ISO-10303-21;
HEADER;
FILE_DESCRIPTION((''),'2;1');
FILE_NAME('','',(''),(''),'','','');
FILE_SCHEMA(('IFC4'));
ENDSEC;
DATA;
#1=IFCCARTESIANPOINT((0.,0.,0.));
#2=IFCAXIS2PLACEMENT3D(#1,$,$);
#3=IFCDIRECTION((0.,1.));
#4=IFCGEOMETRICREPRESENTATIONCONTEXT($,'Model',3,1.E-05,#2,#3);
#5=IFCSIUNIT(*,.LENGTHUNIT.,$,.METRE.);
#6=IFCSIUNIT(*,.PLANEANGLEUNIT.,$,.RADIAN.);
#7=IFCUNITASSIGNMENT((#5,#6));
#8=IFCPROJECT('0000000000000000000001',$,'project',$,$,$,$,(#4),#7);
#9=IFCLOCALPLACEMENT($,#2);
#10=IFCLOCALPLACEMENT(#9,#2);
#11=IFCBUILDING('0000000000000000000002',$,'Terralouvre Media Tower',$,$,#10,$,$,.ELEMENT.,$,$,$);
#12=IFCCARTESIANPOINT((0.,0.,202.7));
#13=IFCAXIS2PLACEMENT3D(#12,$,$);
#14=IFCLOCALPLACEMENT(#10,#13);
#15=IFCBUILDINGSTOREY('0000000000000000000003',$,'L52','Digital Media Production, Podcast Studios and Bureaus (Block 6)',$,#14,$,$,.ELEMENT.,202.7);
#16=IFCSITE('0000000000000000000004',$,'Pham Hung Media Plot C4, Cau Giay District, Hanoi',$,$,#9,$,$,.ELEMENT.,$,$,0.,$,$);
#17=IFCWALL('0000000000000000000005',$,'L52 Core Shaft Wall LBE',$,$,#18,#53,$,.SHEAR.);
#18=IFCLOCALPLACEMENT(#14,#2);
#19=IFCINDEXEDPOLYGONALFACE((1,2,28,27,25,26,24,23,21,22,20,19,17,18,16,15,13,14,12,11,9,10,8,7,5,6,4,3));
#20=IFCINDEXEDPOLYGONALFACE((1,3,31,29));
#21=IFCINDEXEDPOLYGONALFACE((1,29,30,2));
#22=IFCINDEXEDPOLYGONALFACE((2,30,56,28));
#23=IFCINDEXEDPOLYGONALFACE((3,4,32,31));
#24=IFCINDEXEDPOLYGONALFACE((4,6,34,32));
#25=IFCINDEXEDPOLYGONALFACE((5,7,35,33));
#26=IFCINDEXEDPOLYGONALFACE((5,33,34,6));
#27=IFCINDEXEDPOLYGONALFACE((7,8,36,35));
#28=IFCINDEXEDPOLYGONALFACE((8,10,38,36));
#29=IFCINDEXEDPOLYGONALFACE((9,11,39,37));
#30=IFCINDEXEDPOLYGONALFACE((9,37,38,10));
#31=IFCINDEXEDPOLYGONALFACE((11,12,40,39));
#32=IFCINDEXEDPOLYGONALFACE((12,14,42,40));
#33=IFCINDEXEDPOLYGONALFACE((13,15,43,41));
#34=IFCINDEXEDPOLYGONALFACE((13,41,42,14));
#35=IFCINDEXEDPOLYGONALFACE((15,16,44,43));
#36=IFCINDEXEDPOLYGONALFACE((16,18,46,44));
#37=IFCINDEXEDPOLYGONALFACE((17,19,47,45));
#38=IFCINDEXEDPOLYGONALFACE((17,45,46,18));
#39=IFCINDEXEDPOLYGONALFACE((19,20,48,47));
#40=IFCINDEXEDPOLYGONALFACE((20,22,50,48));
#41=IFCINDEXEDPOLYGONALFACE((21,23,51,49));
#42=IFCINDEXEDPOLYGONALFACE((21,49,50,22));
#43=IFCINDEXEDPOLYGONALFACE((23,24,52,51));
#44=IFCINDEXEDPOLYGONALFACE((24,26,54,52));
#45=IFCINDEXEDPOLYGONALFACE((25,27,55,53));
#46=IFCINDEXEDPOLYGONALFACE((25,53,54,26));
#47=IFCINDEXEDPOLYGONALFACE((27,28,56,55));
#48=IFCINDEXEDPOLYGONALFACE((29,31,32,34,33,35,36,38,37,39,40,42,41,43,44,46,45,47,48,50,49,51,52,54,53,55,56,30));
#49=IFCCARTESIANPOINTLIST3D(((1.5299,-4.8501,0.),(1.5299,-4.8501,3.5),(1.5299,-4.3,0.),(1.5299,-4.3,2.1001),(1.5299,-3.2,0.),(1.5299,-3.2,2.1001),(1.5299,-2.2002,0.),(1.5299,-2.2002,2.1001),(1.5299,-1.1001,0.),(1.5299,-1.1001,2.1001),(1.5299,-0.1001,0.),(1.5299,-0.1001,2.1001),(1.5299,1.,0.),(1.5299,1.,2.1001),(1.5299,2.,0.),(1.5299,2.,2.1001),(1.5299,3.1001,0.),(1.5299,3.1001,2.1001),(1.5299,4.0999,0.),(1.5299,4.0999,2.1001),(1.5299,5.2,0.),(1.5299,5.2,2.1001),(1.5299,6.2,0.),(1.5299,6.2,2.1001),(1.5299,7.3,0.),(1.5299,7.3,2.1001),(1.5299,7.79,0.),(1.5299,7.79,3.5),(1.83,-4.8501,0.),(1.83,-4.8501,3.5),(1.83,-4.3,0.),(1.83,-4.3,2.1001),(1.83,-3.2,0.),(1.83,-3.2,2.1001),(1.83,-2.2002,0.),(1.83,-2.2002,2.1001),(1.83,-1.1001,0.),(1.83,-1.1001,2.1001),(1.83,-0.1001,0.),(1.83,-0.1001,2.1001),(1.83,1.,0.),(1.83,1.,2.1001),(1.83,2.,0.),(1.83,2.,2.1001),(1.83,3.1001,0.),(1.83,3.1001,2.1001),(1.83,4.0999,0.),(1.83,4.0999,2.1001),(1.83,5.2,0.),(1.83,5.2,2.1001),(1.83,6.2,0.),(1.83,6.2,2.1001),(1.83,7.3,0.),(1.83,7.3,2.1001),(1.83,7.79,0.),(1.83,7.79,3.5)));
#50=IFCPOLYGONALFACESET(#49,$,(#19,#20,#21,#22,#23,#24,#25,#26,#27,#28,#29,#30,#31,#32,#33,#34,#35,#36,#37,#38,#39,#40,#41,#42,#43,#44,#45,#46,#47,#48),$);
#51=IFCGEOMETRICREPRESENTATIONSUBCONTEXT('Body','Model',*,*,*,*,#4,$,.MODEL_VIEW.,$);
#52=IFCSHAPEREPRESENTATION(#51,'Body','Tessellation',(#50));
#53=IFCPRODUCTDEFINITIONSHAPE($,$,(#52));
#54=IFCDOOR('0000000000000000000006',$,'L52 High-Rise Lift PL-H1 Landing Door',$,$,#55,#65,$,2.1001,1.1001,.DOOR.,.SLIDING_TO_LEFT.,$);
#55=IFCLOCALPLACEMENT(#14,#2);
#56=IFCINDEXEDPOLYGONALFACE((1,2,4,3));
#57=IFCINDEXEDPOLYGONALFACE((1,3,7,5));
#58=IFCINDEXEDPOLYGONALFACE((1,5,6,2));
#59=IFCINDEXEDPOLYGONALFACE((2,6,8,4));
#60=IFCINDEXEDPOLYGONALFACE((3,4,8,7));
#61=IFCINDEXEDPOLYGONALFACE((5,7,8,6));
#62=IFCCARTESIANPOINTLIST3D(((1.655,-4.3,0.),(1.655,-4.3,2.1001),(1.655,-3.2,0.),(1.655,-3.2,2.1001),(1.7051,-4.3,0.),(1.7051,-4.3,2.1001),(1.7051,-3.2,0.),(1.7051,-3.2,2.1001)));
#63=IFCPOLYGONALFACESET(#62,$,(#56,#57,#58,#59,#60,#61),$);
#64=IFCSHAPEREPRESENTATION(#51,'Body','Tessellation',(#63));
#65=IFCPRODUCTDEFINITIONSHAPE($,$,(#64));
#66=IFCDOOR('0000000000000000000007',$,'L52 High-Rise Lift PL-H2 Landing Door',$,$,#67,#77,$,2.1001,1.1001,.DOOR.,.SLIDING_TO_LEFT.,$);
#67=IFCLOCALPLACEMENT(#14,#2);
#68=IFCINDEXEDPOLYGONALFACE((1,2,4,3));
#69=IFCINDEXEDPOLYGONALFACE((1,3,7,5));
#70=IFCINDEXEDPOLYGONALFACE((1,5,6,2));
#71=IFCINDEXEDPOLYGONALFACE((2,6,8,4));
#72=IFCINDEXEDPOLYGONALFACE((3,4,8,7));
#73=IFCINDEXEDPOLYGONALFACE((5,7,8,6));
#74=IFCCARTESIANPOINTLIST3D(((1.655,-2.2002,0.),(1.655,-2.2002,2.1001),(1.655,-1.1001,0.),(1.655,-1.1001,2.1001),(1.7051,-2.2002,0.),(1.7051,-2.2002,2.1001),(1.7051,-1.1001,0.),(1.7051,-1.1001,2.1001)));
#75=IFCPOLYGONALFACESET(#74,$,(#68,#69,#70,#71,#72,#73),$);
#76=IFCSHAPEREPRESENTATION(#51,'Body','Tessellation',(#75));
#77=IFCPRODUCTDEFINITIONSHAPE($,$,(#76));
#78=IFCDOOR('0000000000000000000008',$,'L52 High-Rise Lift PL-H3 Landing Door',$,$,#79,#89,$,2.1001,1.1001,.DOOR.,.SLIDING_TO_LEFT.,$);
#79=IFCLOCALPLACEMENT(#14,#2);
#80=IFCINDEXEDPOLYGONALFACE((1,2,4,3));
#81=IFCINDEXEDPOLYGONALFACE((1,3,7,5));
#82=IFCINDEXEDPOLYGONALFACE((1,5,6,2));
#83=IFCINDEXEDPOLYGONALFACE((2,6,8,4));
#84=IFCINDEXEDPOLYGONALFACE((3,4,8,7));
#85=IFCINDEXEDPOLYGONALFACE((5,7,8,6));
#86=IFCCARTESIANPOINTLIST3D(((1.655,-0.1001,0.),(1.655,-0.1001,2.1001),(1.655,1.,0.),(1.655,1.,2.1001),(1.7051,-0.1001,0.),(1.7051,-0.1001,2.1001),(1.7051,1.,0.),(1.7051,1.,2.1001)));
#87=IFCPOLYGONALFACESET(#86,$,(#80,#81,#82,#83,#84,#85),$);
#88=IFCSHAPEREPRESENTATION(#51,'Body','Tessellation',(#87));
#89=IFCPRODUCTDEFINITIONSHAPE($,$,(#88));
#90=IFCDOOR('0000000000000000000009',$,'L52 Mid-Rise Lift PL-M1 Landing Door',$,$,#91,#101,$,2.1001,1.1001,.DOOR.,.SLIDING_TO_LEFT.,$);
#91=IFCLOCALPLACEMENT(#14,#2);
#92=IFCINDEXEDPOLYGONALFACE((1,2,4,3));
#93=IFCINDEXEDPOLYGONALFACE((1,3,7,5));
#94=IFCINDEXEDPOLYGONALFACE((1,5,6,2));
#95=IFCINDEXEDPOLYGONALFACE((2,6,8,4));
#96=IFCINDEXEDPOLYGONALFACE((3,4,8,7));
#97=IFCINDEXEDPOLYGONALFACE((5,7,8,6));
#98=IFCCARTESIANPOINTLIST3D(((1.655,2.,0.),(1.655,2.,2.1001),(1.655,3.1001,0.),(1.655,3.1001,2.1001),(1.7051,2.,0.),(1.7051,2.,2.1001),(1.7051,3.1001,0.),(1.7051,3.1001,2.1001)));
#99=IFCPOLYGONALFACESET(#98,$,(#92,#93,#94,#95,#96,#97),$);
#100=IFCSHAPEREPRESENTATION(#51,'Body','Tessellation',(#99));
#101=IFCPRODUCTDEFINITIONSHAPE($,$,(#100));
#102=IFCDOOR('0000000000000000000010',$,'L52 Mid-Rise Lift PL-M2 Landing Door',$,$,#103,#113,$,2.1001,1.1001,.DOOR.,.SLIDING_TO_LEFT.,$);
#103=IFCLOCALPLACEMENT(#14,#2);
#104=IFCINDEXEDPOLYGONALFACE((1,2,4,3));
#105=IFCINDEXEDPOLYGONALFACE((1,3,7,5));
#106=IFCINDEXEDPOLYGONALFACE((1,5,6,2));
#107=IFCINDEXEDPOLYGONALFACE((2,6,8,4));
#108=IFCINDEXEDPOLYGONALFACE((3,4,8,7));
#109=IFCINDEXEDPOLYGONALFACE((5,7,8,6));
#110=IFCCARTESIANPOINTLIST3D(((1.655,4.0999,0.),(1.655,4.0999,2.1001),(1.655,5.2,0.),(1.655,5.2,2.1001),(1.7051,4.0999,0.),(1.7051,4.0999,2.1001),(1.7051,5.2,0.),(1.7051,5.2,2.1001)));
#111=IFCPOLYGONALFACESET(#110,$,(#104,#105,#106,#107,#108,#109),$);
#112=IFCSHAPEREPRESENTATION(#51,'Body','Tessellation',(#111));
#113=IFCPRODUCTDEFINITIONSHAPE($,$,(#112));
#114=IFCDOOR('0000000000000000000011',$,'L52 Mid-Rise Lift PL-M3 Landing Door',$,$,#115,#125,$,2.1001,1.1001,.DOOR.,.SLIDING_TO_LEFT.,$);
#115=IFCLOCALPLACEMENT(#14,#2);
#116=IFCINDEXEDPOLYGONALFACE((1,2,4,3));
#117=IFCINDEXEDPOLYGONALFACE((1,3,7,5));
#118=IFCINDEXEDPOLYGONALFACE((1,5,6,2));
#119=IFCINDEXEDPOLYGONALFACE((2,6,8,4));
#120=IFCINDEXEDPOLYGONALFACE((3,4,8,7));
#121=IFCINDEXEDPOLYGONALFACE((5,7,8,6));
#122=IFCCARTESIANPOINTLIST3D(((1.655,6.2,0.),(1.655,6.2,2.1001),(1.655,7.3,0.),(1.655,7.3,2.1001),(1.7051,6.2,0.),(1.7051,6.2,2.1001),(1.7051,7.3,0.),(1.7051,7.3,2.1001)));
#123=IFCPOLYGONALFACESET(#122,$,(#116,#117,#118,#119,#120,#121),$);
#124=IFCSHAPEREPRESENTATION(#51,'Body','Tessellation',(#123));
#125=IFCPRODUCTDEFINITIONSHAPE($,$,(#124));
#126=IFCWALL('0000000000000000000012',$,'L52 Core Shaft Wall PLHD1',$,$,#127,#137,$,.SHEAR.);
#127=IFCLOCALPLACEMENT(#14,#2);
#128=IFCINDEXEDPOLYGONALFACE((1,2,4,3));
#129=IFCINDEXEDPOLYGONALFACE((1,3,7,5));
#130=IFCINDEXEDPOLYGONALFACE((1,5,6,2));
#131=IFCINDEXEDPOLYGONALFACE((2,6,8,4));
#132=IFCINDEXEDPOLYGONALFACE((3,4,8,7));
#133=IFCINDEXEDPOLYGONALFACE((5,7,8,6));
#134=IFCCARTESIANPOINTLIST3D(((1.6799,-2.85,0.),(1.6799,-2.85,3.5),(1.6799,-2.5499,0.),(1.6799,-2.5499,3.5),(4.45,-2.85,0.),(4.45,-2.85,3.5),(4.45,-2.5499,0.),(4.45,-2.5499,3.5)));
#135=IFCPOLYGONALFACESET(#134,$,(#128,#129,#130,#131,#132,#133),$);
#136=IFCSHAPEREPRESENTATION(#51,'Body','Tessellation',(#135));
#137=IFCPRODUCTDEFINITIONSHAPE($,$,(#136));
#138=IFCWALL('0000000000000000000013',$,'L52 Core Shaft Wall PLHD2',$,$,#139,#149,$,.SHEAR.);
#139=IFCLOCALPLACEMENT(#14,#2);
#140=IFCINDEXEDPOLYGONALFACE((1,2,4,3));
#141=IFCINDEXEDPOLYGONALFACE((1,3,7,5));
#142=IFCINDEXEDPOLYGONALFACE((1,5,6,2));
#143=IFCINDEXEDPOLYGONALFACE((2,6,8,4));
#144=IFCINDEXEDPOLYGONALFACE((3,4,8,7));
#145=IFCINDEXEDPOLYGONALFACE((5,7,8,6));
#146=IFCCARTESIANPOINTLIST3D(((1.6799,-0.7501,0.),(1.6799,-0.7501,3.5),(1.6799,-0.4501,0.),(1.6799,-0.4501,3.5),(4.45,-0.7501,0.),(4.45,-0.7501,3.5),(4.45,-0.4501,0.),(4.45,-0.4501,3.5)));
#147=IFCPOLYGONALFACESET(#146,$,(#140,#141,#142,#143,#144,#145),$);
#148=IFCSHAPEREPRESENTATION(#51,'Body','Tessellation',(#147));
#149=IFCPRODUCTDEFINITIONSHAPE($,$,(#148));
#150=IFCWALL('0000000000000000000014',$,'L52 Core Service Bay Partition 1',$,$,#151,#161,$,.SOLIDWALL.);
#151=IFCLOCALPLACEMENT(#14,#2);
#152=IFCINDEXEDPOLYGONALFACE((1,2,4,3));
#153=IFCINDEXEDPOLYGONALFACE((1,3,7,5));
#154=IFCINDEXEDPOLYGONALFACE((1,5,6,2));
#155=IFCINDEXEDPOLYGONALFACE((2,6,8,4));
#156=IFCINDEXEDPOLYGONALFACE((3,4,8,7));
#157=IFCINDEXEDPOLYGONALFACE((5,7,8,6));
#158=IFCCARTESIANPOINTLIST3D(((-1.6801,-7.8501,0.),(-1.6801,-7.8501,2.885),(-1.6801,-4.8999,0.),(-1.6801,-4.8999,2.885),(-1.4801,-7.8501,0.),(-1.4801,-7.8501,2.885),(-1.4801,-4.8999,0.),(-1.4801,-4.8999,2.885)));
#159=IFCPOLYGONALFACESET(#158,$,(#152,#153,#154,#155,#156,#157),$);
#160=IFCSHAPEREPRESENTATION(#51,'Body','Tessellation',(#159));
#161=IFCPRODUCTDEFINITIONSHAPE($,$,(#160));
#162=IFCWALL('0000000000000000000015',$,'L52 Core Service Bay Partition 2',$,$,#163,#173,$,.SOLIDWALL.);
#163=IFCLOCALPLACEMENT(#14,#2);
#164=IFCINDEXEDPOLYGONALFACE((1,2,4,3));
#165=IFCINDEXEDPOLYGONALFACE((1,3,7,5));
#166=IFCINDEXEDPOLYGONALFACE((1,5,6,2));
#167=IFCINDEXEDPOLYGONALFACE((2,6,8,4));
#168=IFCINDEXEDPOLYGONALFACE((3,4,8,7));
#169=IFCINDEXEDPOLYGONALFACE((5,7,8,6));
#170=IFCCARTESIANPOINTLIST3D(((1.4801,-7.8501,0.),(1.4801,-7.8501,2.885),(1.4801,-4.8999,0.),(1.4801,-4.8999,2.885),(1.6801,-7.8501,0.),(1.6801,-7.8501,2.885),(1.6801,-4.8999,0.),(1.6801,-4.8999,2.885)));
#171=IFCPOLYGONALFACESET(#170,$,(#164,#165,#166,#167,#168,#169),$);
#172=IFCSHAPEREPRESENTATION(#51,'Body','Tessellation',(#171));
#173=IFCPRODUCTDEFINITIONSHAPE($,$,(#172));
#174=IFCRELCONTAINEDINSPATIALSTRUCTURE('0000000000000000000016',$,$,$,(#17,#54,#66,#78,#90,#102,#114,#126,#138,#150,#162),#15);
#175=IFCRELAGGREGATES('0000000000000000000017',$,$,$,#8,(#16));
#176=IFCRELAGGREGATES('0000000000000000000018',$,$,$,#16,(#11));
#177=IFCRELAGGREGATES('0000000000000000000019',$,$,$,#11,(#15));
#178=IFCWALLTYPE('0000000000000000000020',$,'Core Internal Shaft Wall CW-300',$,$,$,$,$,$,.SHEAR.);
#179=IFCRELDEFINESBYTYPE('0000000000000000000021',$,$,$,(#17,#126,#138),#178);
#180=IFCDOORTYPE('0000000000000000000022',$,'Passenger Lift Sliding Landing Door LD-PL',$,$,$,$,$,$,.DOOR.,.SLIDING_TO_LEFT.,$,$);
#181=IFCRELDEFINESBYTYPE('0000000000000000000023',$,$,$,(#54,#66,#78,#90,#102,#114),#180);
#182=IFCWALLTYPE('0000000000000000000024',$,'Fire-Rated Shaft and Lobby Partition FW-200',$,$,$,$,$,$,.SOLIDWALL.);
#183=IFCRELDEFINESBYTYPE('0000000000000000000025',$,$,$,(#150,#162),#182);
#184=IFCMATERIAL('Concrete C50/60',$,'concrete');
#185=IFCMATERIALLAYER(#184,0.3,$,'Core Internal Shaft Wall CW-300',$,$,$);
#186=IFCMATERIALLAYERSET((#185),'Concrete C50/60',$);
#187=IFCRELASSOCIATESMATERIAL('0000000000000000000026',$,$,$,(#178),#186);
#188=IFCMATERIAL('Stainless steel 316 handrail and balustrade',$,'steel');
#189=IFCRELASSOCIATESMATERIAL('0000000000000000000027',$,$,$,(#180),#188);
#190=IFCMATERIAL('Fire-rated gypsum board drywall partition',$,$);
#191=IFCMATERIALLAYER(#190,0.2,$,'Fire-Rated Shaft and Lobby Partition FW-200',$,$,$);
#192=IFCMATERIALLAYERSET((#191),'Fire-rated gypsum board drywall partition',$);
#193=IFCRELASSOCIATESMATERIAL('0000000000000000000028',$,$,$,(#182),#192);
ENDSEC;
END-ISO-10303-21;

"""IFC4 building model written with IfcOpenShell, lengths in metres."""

from ifc_helpers import new_model, si_unit, direction, frame, frame_2d, origin, place, context, subcontext, project, spatial, rectangle, extrude, material, layer, layer_set, type_object, element, fill, save


model = new_model("IFC4")

# Units and contexts
model_context = context("Model", 3, precision=1e-05, world=origin(), true_north=direction((0.0, 1.0)))
body_context = subcontext(model_context, "Body", "Model", "MODEL_VIEW")
ifc_project = project(units=[si_unit("LENGTHUNIT", "METRE"), si_unit("PLANEANGLEUNIT", "RADIAN")], contexts=[model_context])

# Site, building, storey
site_placement = place(None, origin())
site = spatial("IfcSite", under=ifc_project, at=site_placement, Name="Pham Hung Media Plot C4, Cau Giay District, Hanoi", CompositionType="ELEMENT", RefElevation=0.0)
building_placement = place(site_placement, origin())
building = spatial("IfcBuilding", under=site, at=building_placement, Name="Terralouvre Media Tower", CompositionType="ELEMENT")
storey_placement = place(building_placement, frame((0.0, 0.0, 202.7)))
storey = spatial("IfcBuildingStorey", under=building, at=storey_placement, Name="L52", Description="Digital Media Production, Podcast Studios and Bureaus (Block 6)", CompositionType="ELEMENT", Elevation=202.7)

# Shared definitions
ifc_material_1 = material(Name="Concrete C50/60", Category="concrete")
ifc_layer_1 = layer(ifc_material_1, 0.3, Name="Core Internal Shaft Wall CW-300")
ifc_layer_set_1 = layer_set([ifc_layer_1], Name="Concrete C50/60")
wall_type_1 = type_object("IfcWallType", Name="Core Internal Shaft Wall CW-300", PredefinedType="SHEAR", material=ifc_layer_set_1)

# Wall, openings, doors
wall_1_placement = place(storey_placement, frame((1.6799, -4.8501, 0.0), z_axis=(0.0, 0.0, 1.0), x_axis=(0.0, 1.0, 0.0)))
wall_1 = element("IfcWall", 1, at=wall_1_placement, inside=storey, type_object=wall_type_1, Name="L52 Core Shaft Wall LBE", PredefinedType="SHEAR", context=body_context, shape_type="SweptSolid", body=[
    extrude(rectangle(XDim=12.6401, YDim=0.3, at=frame_2d((6.3201, 0.0))), origin(), (0.0, 0.0, 1.0), 3.5),
])
opening_1_placement = place(wall_1_placement, frame((0.55, 0.0, 0.0)))
opening_1 = element("IfcOpeningElement", 2, at=opening_1_placement, cuts=wall_1, PredefinedType="OPENING", context=body_context, shape_type="SweptSolid", body=[
    extrude(rectangle(XDim=1.1001, YDim=2.1001, at=frame_2d((0.55, 1.05))), frame((0.0, 0.1599, 0.0), z_axis=(0.0, -1.0, 0.0), x_axis=(1.0, 0.0, 0.0)), (0.0, 0.0, 1.0), 0.3201),
])
opening_2_placement = place(wall_1_placement, frame((2.6499, 0.0, 0.0)))
opening_2 = element("IfcOpeningElement", 3, at=opening_2_placement, cuts=wall_1, PredefinedType="OPENING", context=body_context, shape_type="SweptSolid", body=[
    extrude(rectangle(XDim=1.1001, YDim=2.1001, at=frame_2d((0.55, 1.05))), frame((0.0, 0.1599, 0.0), z_axis=(0.0, -1.0, 0.0), x_axis=(1.0, 0.0, 0.0)), (0.0, 0.0, 1.0), 0.3201),
])
opening_3_placement = place(wall_1_placement, frame((4.75, 0.0, 0.0)))
opening_3 = element("IfcOpeningElement", 4, at=opening_3_placement, cuts=wall_1, PredefinedType="OPENING", context=body_context, shape_type="SweptSolid", body=[
    extrude(rectangle(XDim=1.1001, YDim=2.1001, at=frame_2d((0.55, 1.05))), frame((0.0, 0.1599, 0.0), z_axis=(0.0, -1.0, 0.0), x_axis=(1.0, 0.0, 0.0)), (0.0, 0.0, 1.0), 0.3201),
])
opening_4_placement = place(wall_1_placement, frame((6.8501, 0.0, 0.0)))
opening_4 = element("IfcOpeningElement", 5, at=opening_4_placement, cuts=wall_1, PredefinedType="OPENING", context=body_context, shape_type="SweptSolid", body=[
    extrude(rectangle(XDim=1.1001, YDim=2.1001, at=frame_2d((0.55, 1.05))), frame((0.0, 0.1599, 0.0), z_axis=(0.0, -1.0, 0.0), x_axis=(1.0, 0.0, 0.0)), (0.0, 0.0, 1.0), 0.3201),
])
opening_5_placement = place(wall_1_placement, frame((8.95, 0.0, 0.0)))
opening_5 = element("IfcOpeningElement", 6, at=opening_5_placement, cuts=wall_1, PredefinedType="OPENING", context=body_context, shape_type="SweptSolid", body=[
    extrude(rectangle(XDim=1.1001, YDim=2.1001, at=frame_2d((0.55, 1.05))), frame((0.0, 0.1599, 0.0), z_axis=(0.0, -1.0, 0.0), x_axis=(1.0, 0.0, 0.0)), (0.0, 0.0, 1.0), 0.3201),
])
opening_6_placement = place(wall_1_placement, frame((11.05, 0.0, 0.0)))
opening_6 = element("IfcOpeningElement", 7, at=opening_6_placement, cuts=wall_1, PredefinedType="OPENING", context=body_context, shape_type="SweptSolid", body=[
    extrude(rectangle(XDim=1.1001, YDim=2.1001, at=frame_2d((0.55, 1.05))), frame((0.0, 0.1599, 0.0), z_axis=(0.0, -1.0, 0.0), x_axis=(1.0, 0.0, 0.0)), (0.0, 0.0, 1.0), 0.3201),
])
ifc_material_2 = material(Name="Stainless steel 316 handrail and balustrade", Category="steel")
door_type_1 = type_object("IfcDoorType", Name="Passenger Lift Sliding Landing Door LD-PL", OperationType="SLIDING_TO_LEFT", PredefinedType="DOOR", material=ifc_material_2)
door_1_placement = place(opening_1_placement, origin())
door_1 = element("IfcDoor", 8, at=door_1_placement, inside=storey, type_object=door_type_1, Name="L52 High-Rise Lift PL-H1 Landing Door", OperationType="SLIDING_TO_LEFT", OverallHeight=2.1001, OverallWidth=1.1001, PredefinedType="DOOR", context=body_context, shape_type="SweptSolid", body=[
    extrude(rectangle(XDim=1.1001, YDim=2.1001, at=frame_2d((0.55, 1.05))), frame((0.0, 0.0249, 0.0), z_axis=(0.0, -1.0, 0.0), x_axis=(1.0, 0.0, 0.0)), (0.0, 0.0, 1.0), 0.05),
])
fill(opening_1, door_1)
door_2_placement = place(opening_2_placement, origin())
door_2 = element("IfcDoor", 9, at=door_2_placement, inside=storey, type_object=door_type_1, Name="L52 High-Rise Lift PL-H2 Landing Door", OperationType="SLIDING_TO_LEFT", OverallHeight=2.1001, OverallWidth=1.1001, PredefinedType="DOOR", context=body_context, shape_type="SweptSolid", body=[
    extrude(rectangle(XDim=1.1001, YDim=2.1001, at=frame_2d((0.55, 1.05))), frame((0.0, 0.0249, 0.0), z_axis=(0.0, -1.0, 0.0), x_axis=(1.0, 0.0, 0.0)), (0.0, 0.0, 1.0), 0.05),
])
fill(opening_2, door_2)
door_3_placement = place(opening_3_placement, origin())
door_3 = element("IfcDoor", 10, at=door_3_placement, inside=storey, type_object=door_type_1, Name="L52 High-Rise Lift PL-H3 Landing Door", OperationType="SLIDING_TO_LEFT", OverallHeight=2.1001, OverallWidth=1.1001, PredefinedType="DOOR", context=body_context, shape_type="SweptSolid", body=[
    extrude(rectangle(XDim=1.1001, YDim=2.1001, at=frame_2d((0.55, 1.05))), frame((0.0, 0.0249, 0.0), z_axis=(0.0, -1.0, 0.0), x_axis=(1.0, 0.0, 0.0)), (0.0, 0.0, 1.0), 0.05),
])
fill(opening_3, door_3)
door_4_placement = place(opening_4_placement, origin())
door_4 = element("IfcDoor", 11, at=door_4_placement, inside=storey, type_object=door_type_1, Name="L52 Mid-Rise Lift PL-M1 Landing Door", OperationType="SLIDING_TO_LEFT", OverallHeight=2.1001, OverallWidth=1.1001, PredefinedType="DOOR", context=body_context, shape_type="SweptSolid", body=[
    extrude(rectangle(XDim=1.1001, YDim=2.1001, at=frame_2d((0.55, 1.05))), frame((0.0, 0.0249, 0.0), z_axis=(0.0, -1.0, 0.0), x_axis=(1.0, 0.0, 0.0)), (0.0, 0.0, 1.0), 0.05),
])
fill(opening_4, door_4)
door_5_placement = place(opening_5_placement, origin())
door_5 = element("IfcDoor", 12, at=door_5_placement, inside=storey, type_object=door_type_1, Name="L52 Mid-Rise Lift PL-M2 Landing Door", OperationType="SLIDING_TO_LEFT", OverallHeight=2.1001, OverallWidth=1.1001, PredefinedType="DOOR", context=body_context, shape_type="SweptSolid", body=[
    extrude(rectangle(XDim=1.1001, YDim=2.1001, at=frame_2d((0.55, 1.05))), frame((0.0, 0.0249, 0.0), z_axis=(0.0, -1.0, 0.0), x_axis=(1.0, 0.0, 0.0)), (0.0, 0.0, 1.0), 0.05),
])
fill(opening_5, door_5)
door_6_placement = place(opening_6_placement, origin())
door_6 = element("IfcDoor", 13, at=door_6_placement, inside=storey, type_object=door_type_1, Name="L52 Mid-Rise Lift PL-M3 Landing Door", OperationType="SLIDING_TO_LEFT", OverallHeight=2.1001, OverallWidth=1.1001, PredefinedType="DOOR", context=body_context, shape_type="SweptSolid", body=[
    extrude(rectangle(XDim=1.1001, YDim=2.1001, at=frame_2d((0.55, 1.05))), frame((0.0, 0.0249, 0.0), z_axis=(0.0, -1.0, 0.0), x_axis=(1.0, 0.0, 0.0)), (0.0, 0.0, 1.0), 0.05),
])
fill(opening_6, door_6)

# Walls
for number, where, z_axis, x_axis, name in (
    (14, (1.6799, -2.7, 0.0), (0.0, 0.0, 1.0), (1.0, 0.0, 0.0), "L52 Core Shaft Wall PLHD1"),
    (15, (1.6799, -0.6001, 0.0), (0.0, 0.0, 1.0), (1.0, 0.0, 0.0), "L52 Core Shaft Wall PLHD2"),
):
    element("IfcWall", number, at=place(storey_placement, frame(where, z_axis=z_axis, x_axis=x_axis)), inside=storey, type_object=wall_type_1, Name=name, PredefinedType="SHEAR", context=body_context, shape_type="SweptSolid", body=[
        extrude(rectangle(XDim=2.77, YDim=0.3, at=frame_2d((1.385, 0.0))), origin(), (0.0, 0.0, 1.0), 3.5),
    ])
ifc_material_3 = material(Name="Fire-rated gypsum board drywall partition")
ifc_layer_2 = layer(ifc_material_3, 0.2, Name="Fire-Rated Shaft and Lobby Partition FW-200")
ifc_layer_set_2 = layer_set([ifc_layer_2], Name="Fire-rated gypsum board drywall partition")
wall_type_2 = type_object("IfcWallType", Name="Fire-Rated Shaft and Lobby Partition FW-200", PredefinedType="SOLIDWALL", material=ifc_layer_set_2)
for number, where, z_axis, x_axis, name in (
    (16, (-1.5801, -7.8501, 0.0), (0.0, 0.0, 1.0), (0.0, 1.0, 0.0), "L52 Core Service Bay Partition 1"),
    (17, (1.5801, -7.8501, 0.0), (0.0, 0.0, 1.0), (0.0, 1.0, 0.0), "L52 Core Service Bay Partition 2"),
):
    element("IfcWall", number, at=place(storey_placement, frame(where, z_axis=z_axis, x_axis=x_axis)), inside=storey, type_object=wall_type_2, Name=name, PredefinedType="SOLIDWALL", context=body_context, shape_type="SweptSolid", body=[
        extrude(rectangle(XDim=2.9502, YDim=0.2, at=frame_2d((1.4751, 0.0))), origin(), (0.0, 0.0, 1.0), 2.885),
    ])

save(model, "model.ifc")
